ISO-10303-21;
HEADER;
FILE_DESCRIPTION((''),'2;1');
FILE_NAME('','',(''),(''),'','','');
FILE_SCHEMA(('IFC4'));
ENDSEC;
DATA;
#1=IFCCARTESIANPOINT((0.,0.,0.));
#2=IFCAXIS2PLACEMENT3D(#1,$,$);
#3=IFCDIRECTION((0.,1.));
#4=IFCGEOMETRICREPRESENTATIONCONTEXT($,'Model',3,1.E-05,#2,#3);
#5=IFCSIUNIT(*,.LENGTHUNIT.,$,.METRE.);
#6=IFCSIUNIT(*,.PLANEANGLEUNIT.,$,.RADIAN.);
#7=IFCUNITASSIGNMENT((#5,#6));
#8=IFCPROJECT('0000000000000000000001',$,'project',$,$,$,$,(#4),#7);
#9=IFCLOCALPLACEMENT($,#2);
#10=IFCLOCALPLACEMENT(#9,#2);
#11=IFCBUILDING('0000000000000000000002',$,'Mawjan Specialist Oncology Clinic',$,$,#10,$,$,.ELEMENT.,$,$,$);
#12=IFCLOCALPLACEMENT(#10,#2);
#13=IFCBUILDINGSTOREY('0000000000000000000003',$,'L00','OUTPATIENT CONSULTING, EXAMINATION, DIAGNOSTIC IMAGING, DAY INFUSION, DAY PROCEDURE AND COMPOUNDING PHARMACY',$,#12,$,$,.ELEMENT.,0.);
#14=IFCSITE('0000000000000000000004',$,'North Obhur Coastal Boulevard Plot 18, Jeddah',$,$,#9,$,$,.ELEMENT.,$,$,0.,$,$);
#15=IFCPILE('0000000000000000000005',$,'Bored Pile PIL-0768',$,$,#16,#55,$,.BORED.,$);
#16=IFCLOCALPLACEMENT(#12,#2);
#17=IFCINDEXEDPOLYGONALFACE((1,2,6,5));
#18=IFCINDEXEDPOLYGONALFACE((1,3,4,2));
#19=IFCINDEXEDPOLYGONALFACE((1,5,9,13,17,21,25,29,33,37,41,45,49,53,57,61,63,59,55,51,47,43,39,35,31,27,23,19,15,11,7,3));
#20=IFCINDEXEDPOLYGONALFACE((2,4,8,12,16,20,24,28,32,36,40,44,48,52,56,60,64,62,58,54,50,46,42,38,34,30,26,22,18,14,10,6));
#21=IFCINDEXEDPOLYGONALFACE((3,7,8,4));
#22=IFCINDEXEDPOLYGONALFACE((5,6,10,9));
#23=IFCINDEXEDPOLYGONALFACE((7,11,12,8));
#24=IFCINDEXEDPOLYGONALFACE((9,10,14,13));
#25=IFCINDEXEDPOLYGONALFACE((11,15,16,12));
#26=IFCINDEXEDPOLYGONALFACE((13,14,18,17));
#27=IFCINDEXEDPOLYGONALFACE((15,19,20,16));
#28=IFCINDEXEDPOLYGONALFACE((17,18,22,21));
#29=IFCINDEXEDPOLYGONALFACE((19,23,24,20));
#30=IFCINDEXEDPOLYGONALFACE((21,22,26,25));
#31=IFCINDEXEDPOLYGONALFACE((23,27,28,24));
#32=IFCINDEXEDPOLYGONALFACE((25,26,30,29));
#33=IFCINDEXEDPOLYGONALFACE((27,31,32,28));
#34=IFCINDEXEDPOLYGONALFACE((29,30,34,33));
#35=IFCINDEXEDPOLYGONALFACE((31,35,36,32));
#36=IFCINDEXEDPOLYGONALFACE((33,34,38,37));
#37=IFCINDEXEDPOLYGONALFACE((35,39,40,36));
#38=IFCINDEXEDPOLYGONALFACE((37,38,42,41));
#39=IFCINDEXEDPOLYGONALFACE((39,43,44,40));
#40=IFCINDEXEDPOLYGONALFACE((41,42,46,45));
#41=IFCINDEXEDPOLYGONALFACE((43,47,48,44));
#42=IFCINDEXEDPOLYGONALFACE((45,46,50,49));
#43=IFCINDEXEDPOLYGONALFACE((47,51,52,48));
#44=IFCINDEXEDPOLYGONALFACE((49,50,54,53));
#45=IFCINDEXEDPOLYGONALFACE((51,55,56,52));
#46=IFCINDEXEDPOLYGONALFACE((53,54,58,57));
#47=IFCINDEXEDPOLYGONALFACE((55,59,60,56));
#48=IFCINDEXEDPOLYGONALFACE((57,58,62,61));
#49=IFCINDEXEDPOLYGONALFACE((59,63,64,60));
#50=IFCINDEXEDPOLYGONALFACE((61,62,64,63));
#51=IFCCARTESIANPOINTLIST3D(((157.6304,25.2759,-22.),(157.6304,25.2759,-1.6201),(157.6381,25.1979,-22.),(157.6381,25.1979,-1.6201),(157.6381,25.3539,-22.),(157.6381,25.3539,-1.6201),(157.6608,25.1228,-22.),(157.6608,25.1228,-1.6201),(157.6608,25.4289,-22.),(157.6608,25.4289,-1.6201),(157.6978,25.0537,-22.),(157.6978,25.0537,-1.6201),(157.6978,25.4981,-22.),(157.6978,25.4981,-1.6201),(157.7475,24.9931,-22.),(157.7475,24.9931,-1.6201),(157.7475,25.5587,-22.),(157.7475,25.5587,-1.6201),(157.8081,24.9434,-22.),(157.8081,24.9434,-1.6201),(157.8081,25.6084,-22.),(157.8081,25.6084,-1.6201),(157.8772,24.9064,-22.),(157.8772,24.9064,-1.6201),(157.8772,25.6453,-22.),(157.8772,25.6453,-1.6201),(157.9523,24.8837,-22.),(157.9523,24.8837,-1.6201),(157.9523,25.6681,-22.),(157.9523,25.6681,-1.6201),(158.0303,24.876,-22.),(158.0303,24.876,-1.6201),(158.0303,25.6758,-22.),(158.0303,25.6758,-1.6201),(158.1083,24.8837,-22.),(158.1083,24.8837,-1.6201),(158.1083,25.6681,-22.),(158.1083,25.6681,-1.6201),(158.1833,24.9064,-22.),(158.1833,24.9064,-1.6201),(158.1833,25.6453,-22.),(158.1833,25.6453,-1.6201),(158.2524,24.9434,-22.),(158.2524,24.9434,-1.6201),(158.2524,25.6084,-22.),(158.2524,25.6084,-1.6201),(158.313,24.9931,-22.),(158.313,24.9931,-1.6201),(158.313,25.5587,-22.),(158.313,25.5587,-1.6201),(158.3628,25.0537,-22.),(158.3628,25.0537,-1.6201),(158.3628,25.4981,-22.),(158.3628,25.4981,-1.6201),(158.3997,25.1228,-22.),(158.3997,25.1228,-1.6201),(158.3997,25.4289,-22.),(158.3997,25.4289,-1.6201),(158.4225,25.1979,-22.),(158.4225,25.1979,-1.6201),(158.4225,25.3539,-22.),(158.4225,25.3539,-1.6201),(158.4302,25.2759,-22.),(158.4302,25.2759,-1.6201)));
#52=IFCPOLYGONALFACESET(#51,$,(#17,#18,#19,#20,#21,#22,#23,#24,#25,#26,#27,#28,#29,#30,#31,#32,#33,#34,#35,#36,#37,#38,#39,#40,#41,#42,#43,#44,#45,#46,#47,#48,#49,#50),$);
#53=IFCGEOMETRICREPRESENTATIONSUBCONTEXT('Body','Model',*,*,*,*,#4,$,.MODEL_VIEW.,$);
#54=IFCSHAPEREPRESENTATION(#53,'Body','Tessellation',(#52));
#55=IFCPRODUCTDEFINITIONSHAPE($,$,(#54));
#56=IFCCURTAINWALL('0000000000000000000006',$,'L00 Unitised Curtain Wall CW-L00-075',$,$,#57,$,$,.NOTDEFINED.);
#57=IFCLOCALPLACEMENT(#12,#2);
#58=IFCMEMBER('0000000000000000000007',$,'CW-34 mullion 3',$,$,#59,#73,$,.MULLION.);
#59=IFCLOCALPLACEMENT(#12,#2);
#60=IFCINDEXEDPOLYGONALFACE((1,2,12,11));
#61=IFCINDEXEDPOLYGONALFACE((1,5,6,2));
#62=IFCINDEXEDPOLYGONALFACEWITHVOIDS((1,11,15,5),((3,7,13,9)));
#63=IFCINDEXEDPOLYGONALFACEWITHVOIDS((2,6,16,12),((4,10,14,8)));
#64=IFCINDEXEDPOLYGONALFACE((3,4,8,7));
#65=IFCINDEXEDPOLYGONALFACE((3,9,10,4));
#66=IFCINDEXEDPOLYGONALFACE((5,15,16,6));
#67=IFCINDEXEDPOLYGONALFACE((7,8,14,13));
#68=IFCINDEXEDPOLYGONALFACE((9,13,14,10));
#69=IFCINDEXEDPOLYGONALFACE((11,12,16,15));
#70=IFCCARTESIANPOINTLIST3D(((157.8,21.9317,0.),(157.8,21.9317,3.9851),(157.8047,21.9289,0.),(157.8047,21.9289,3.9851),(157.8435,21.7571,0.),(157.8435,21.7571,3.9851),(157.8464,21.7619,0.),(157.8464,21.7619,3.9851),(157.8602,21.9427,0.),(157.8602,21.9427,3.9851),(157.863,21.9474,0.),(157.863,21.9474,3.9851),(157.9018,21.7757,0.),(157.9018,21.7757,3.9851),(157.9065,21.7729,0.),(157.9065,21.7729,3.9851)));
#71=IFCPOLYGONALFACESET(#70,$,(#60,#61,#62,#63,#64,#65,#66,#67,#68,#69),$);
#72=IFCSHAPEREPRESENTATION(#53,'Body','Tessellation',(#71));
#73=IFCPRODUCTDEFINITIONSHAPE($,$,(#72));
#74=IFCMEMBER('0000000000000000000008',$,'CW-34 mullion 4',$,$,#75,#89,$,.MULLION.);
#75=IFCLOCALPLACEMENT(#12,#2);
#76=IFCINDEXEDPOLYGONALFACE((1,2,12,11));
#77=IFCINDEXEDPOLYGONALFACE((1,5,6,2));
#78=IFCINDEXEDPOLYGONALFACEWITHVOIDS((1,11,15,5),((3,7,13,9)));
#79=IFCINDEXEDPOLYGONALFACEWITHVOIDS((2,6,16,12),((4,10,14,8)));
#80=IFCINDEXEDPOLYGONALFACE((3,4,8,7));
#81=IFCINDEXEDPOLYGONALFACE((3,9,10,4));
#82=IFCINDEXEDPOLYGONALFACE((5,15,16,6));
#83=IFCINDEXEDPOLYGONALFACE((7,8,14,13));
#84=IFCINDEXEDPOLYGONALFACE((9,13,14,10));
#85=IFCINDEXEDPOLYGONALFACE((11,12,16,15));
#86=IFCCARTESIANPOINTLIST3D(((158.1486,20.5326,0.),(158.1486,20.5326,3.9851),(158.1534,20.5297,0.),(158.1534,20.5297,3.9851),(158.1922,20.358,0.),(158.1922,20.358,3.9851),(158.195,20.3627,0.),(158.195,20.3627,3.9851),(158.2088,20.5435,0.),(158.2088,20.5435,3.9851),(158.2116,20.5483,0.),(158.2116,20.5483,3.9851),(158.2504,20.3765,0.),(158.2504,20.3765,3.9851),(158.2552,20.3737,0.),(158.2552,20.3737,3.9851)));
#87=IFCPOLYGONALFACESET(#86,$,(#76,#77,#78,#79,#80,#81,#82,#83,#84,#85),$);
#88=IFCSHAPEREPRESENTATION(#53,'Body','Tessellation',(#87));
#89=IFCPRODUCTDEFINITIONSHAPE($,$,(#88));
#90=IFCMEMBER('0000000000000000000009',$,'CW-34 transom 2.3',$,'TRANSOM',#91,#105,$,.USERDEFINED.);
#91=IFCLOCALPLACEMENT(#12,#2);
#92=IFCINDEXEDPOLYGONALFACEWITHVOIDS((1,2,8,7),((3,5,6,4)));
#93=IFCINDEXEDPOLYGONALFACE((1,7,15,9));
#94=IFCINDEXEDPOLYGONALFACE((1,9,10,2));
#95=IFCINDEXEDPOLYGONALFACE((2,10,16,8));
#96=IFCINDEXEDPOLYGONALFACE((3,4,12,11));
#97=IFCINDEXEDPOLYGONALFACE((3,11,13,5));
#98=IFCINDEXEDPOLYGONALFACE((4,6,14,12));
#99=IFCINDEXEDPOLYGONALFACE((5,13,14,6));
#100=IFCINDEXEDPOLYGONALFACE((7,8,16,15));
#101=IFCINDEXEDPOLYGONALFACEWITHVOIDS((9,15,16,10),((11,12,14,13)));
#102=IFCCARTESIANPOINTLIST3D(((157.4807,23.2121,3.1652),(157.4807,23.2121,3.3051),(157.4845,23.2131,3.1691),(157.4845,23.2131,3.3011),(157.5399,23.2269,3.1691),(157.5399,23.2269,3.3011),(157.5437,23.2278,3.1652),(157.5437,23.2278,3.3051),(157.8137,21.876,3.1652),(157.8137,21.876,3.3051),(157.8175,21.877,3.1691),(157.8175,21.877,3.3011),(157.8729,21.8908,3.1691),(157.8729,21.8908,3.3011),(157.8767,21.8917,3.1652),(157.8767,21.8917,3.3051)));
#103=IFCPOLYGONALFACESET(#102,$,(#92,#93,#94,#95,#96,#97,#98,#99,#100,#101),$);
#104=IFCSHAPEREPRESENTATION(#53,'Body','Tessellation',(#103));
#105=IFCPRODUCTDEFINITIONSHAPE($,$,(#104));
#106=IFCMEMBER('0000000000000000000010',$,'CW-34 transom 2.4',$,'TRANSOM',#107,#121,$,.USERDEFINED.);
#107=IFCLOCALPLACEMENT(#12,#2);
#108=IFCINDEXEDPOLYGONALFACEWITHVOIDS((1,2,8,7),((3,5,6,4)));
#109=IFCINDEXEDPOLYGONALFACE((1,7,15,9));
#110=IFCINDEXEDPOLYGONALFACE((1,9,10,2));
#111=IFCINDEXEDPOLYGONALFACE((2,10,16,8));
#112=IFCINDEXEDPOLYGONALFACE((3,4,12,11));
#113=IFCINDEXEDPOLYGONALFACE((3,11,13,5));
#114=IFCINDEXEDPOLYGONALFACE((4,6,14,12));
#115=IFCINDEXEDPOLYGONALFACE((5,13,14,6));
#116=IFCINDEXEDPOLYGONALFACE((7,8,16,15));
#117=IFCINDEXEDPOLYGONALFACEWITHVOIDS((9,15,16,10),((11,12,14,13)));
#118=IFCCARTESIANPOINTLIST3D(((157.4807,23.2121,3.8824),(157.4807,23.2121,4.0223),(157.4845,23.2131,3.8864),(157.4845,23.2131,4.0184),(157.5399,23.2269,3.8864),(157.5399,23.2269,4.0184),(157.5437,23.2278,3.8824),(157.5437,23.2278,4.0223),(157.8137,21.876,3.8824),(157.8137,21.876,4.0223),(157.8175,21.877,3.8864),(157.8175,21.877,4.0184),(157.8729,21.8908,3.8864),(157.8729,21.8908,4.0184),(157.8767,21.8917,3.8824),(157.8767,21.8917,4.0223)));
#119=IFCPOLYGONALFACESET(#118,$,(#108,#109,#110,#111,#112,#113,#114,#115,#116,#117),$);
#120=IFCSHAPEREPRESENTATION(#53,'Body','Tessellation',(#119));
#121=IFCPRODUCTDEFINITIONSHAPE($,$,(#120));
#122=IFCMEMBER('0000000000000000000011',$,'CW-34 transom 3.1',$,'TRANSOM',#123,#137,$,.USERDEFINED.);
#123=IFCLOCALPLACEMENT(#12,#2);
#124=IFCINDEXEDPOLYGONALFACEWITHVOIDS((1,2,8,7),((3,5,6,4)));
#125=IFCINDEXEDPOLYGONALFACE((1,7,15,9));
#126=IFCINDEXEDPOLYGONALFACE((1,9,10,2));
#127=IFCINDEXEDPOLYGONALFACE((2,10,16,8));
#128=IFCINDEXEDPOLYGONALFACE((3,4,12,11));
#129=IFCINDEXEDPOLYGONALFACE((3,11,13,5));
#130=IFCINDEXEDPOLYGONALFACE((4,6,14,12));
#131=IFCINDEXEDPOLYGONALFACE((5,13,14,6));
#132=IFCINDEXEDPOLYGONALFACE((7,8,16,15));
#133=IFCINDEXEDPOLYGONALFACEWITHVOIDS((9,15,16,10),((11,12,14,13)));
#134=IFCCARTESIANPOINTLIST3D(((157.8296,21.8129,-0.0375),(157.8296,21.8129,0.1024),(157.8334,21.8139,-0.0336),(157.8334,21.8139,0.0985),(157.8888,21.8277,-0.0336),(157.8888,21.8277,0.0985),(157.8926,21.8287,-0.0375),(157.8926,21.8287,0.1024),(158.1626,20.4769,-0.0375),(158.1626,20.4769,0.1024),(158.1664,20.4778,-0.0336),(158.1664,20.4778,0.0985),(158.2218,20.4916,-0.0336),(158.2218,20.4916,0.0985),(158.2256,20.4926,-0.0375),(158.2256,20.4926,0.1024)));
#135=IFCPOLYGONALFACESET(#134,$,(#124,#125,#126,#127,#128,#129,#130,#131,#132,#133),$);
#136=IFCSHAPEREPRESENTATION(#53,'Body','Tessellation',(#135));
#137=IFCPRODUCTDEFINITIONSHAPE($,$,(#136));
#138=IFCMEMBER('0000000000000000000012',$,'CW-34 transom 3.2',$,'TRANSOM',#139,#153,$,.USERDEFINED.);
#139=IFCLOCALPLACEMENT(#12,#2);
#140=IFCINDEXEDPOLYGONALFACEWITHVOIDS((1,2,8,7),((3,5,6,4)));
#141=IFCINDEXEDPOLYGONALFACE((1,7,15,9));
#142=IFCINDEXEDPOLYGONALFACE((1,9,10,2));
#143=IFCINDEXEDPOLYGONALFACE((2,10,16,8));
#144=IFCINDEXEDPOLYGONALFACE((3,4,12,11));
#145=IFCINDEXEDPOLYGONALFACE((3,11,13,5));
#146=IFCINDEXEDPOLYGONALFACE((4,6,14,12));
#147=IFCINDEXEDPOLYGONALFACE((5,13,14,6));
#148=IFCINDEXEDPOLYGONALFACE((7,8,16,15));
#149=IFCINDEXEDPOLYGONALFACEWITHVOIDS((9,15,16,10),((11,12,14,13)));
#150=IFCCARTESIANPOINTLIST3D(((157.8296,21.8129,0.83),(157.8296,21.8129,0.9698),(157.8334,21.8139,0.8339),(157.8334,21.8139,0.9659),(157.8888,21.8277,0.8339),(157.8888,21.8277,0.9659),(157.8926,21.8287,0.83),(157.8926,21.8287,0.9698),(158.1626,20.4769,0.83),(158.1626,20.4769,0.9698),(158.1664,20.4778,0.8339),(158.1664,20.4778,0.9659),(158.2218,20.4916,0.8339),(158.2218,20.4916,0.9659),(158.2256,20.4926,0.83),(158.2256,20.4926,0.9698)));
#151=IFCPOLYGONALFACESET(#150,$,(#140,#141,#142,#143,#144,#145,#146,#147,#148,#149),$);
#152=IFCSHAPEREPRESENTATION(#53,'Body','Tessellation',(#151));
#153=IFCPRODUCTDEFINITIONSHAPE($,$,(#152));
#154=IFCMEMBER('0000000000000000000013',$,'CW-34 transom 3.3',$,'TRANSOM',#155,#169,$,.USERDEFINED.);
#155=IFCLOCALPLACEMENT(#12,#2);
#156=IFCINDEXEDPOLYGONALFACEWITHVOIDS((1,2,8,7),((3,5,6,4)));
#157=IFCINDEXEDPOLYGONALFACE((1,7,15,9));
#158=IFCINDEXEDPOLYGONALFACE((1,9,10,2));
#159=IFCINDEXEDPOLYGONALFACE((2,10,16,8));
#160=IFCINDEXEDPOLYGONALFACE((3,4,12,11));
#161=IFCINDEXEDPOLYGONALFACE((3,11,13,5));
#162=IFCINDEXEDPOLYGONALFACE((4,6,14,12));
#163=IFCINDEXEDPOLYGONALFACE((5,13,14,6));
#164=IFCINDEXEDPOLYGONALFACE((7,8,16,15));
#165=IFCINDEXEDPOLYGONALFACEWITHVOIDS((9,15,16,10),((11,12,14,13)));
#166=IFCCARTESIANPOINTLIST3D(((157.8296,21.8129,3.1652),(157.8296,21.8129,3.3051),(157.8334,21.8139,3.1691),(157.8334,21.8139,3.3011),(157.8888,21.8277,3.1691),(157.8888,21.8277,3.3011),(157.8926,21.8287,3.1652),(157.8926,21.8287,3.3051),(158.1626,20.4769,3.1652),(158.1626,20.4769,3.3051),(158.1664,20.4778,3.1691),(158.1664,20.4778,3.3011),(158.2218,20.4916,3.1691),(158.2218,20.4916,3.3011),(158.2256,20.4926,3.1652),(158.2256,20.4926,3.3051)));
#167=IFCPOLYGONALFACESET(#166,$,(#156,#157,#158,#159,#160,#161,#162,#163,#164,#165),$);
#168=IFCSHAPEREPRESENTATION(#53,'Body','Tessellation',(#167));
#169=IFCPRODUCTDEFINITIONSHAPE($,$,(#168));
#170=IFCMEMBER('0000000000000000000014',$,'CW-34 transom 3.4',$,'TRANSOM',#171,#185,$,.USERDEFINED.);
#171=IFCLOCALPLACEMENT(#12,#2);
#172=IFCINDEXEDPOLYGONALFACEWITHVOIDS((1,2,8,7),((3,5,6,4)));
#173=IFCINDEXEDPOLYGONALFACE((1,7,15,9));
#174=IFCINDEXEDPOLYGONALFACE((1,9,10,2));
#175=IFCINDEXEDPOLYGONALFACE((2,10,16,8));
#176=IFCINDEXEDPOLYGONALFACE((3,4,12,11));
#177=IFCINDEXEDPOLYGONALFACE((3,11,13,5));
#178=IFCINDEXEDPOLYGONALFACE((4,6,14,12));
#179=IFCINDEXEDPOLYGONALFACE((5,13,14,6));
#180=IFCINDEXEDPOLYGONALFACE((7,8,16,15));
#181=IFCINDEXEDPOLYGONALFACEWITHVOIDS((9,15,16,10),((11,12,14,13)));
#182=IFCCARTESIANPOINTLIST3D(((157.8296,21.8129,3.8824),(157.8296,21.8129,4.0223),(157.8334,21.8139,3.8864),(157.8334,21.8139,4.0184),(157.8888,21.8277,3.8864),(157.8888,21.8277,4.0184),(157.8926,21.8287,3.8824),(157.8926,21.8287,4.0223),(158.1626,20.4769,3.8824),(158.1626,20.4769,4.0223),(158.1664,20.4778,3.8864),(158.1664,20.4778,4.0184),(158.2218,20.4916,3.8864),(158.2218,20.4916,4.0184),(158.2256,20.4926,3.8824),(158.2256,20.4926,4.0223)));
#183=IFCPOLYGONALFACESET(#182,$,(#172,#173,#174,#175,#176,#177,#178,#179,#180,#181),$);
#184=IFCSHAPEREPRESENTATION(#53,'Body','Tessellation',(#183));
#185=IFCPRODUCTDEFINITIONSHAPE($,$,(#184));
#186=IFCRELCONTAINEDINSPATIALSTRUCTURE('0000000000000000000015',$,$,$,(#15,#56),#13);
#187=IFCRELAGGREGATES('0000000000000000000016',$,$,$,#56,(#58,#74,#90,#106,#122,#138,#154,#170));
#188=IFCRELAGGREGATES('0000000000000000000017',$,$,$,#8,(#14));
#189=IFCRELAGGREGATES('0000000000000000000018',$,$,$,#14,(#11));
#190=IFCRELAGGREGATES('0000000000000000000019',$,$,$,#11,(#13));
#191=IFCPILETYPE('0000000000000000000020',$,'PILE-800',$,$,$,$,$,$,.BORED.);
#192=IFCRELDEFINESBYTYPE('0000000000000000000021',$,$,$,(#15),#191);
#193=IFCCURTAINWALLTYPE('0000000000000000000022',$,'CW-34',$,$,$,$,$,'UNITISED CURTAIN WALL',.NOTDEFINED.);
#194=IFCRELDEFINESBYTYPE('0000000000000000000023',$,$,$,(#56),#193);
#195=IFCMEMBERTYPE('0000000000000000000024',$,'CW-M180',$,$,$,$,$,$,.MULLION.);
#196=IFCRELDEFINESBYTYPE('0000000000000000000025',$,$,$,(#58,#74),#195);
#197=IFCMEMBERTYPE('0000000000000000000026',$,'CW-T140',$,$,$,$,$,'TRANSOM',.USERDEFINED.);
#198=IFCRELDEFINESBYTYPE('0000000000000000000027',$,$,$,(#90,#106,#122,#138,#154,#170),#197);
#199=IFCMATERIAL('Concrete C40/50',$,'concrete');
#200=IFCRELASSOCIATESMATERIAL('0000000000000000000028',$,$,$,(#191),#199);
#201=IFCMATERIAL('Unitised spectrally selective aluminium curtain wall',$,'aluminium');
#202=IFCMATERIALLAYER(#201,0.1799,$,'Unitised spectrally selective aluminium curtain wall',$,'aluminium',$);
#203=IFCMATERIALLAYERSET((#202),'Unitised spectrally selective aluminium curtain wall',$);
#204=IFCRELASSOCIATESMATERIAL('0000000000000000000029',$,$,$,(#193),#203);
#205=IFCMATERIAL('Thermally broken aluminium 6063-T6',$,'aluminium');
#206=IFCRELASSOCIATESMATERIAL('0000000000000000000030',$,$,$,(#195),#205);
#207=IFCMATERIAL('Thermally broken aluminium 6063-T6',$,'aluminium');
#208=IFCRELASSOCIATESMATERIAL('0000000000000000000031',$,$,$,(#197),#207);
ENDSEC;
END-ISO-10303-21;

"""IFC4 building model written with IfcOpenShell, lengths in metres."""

from ifc_helpers import new_model, si_unit, direction, frame, origin, origin_2d, place, context, subcontext, project, spatial, hollow_rectangle, circle, extrude, material, layer, layer_set, material_profile, profile_set, type_object, element, aggregate, save


model = new_model("IFC4")

# Units and contexts
model_context = context("Model", 3, precision=1e-05, world=origin(), true_north=direction((0.0, 1.0)))
body_context = subcontext(model_context, "Body", "Model", "MODEL_VIEW")
ifc_project = project(units=[si_unit("LENGTHUNIT", "METRE"), si_unit("PLANEANGLEUNIT", "RADIAN")], contexts=[model_context])

# Site, building, storey
site_placement = place(None, origin())
site = spatial("IfcSite", under=ifc_project, at=site_placement, Name="North Obhur Coastal Boulevard Plot 18, Jeddah", CompositionType="ELEMENT", RefElevation=0.0)
building_placement = place(site_placement, origin())
building = spatial("IfcBuilding", under=site, at=building_placement, Name="Mawjan Specialist Oncology Clinic", CompositionType="ELEMENT")
storey_placement = place(building_placement, origin())
storey = spatial("IfcBuildingStorey", under=building, at=storey_placement, Name="L00", Description="OUTPATIENT CONSULTING, EXAMINATION, DIAGNOSTIC IMAGING, DAY INFUSION, DAY PROCEDURE AND COMPOUNDING PHARMACY", CompositionType="ELEMENT", Elevation=0.0)

# Pile
ifc_material_1 = material(Name="Concrete C40/50", Category="concrete")
ifc_material_profile_1 = material_profile(ifc_material_1, circle(Radius=0.3999, at=origin_2d()), Name="BORED PILE D800", Category="concrete")
ifc_profile_set_1 = profile_set([ifc_material_profile_1], Name="Concrete C40/50")
pile_type = type_object("IfcPileType", Name="PILE-800", PredefinedType="BORED", material=ifc_profile_set_1)
pile_placement = place(storey_placement, frame((158.0303, 25.2759, -1.6201), z_axis=(0.0, 0.0, -1.0), x_axis=(1.0, 0.0, 0.0)))
element("IfcPile", 1, at=pile_placement, inside=storey, type_object=pile_type, Name="Bored Pile PIL-0768", PredefinedType="BORED", context=body_context, shape_type="SweptSolid", body=[
    extrude(circle(Radius=0.3999, at=origin_2d()), origin(), (0.0, 0.0, 1.0), 20.3799),
])

# Curtain wall, members
ifc_material_2 = material(Name="Unitised spectrally selective aluminium curtain wall", Category="aluminium")
ifc_layer_1 = layer(ifc_material_2, 0.1799, Name="Unitised spectrally selective aluminium curtain wall", Category="aluminium")
ifc_layer_set_1 = layer_set([ifc_layer_1], Name="Unitised spectrally selective aluminium curtain wall")
curtain_wall_type = type_object("IfcCurtainWallType", Name="CW-34", ElementType="UNITISED CURTAIN WALL", PredefinedType="NOTDEFINED", material=ifc_layer_set_1)
curtain_wall_placement = place(storey_placement, origin())
curtain_wall = element("IfcCurtainWall", 2, at=curtain_wall_placement, inside=storey, type_object=curtain_wall_type, Name="L00 Unitised Curtain Wall CW-L00-075", PredefinedType="NOTDEFINED")
ifc_material_3 = material(Name="Thermally broken aluminium 6063-T6", Category="aluminium")
ifc_material_profile_2 = material_profile(ifc_material_3, hollow_rectangle(XDim=0.0649, YDim=0.1799, WallThickness=0.0039, at=origin_2d()), Name="ALU MULLION 180x65x4", Category="aluminium")
ifc_profile_set_2 = profile_set([ifc_material_profile_2], Name="Thermally broken aluminium 6063-T6")
member_type_1 = type_object("IfcMemberType", Name="CW-M180", PredefinedType="MULLION", material=ifc_profile_set_2)
member_1_placement = place(storey_placement, frame((157.8533, 21.8523, 0.0), z_axis=(0.0, 0.0, 1.0), x_axis=(0.970296, 0.241922, 0.0)))
member_1 = element("IfcMember", 3, at=member_1_placement, type_object=member_type_1, Name="CW-34 mullion 3", PredefinedType="MULLION", context=body_context, shape_type="SweptSolid", body=[
    extrude(hollow_rectangle(XDim=0.0649, YDim=0.1799, WallThickness=0.0039, at=origin_2d()), origin(), (0.0, 0.0, 1.0), 3.9851),
])
member_2_placement = place(storey_placement, frame((158.2019, 20.4531, 0.0), z_axis=(0.0, 0.0, 1.0), x_axis=(0.970296, 0.241922, 0.0)))
member_2 = element("IfcMember", 4, at=member_2_placement, type_object=member_type_1, Name="CW-34 mullion 4", PredefinedType="MULLION", context=body_context, shape_type="SweptSolid", body=[
    extrude(hollow_rectangle(XDim=0.0649, YDim=0.1799, WallThickness=0.0039, at=origin_2d()), origin(), (0.0, 0.0, 1.0), 3.9851),
])
ifc_material_4 = material(Name="Thermally broken aluminium 6063-T6", Category="aluminium")
ifc_material_profile_3 = material_profile(ifc_material_4, hollow_rectangle(XDim=0.0649, YDim=0.1399, WallThickness=0.0039, at=origin_2d()), Name="ALU TRANSOM 140x65x4", Category="aluminium")
ifc_profile_set_3 = profile_set([ifc_material_profile_3], Name="Thermally broken aluminium 6063-T6")
member_type_2 = type_object("IfcMemberType", Name="CW-T140", ElementType="TRANSOM", PredefinedType="USERDEFINED", material=ifc_profile_set_3)
member_3_placement = place(storey_placement, frame((157.5122, 23.22, 3.2351), z_axis=(0.241826, -0.97032, 0.0), x_axis=(0.97032, 0.241826, 0.0)))
member_3 = element("IfcMember", 5, at=member_3_placement, type_object=member_type_2, Name="CW-34 transom 2.3", ObjectType="TRANSOM", PredefinedType="USERDEFINED", context=body_context, shape_type="SweptSolid", body=[
    extrude(hollow_rectangle(XDim=0.0649, YDim=0.1399, WallThickness=0.0039, at=origin_2d()), origin(), (0.0, 0.0, 1.0), 1.377),
])
member_4_placement = place(storey_placement, frame((157.5122, 23.22, 3.9524), z_axis=(0.241826, -0.97032, 0.0), x_axis=(0.97032, 0.241826, 0.0)))
member_4 = element("IfcMember", 6, at=member_4_placement, type_object=member_type_2, Name="CW-34 transom 2.4", ObjectType="TRANSOM", PredefinedType="USERDEFINED", context=body_context, shape_type="SweptSolid", body=[
    extrude(hollow_rectangle(XDim=0.0649, YDim=0.1399, WallThickness=0.0039, at=origin_2d()), origin(), (0.0, 0.0, 1.0), 1.377),
])
member_5_placement = place(storey_placement, frame((157.8611, 21.8208, 0.0325), z_axis=(0.241826, -0.97032, 0.0), x_axis=(0.97032, 0.241826, 0.0)))
member_5 = element("IfcMember", 7, at=member_5_placement, type_object=member_type_2, Name="CW-34 transom 3.1", ObjectType="TRANSOM", PredefinedType="USERDEFINED", context=body_context, shape_type="SweptSolid", body=[
    extrude(hollow_rectangle(XDim=0.0649, YDim=0.1399, WallThickness=0.0039, at=origin_2d()), origin(), (0.0, 0.0, 1.0), 1.377),
])
member_6_placement = place(storey_placement, frame((157.8611, 21.8208, 0.8999), z_axis=(0.241826, -0.97032, 0.0), x_axis=(0.97032, 0.241826, 0.0)))
member_6 = element("IfcMember", 8, at=member_6_placement, type_object=member_type_2, Name="CW-34 transom 3.2", ObjectType="TRANSOM", PredefinedType="USERDEFINED", context=body_context, shape_type="SweptSolid", body=[
    extrude(hollow_rectangle(XDim=0.0649, YDim=0.1399, WallThickness=0.0039, at=origin_2d()), origin(), (0.0, 0.0, 1.0), 1.377),
])
member_7_placement = place(storey_placement, frame((157.8611, 21.8208, 3.2351), z_axis=(0.241826, -0.97032, 0.0), x_axis=(0.97032, 0.241826, 0.0)))
member_7 = element("IfcMember", 9, at=member_7_placement, type_object=member_type_2, Name="CW-34 transom 3.3", ObjectType="TRANSOM", PredefinedType="USERDEFINED", context=body_context, shape_type="SweptSolid", body=[
    extrude(hollow_rectangle(XDim=0.0649, YDim=0.1399, WallThickness=0.0039, at=origin_2d()), origin(), (0.0, 0.0, 1.0), 1.377),
])
member_8_placement = place(storey_placement, frame((157.8611, 21.8208, 3.9524), z_axis=(0.241826, -0.97032, 0.0), x_axis=(0.97032, 0.241826, 0.0)))
member_8 = element("IfcMember", 10, at=member_8_placement, type_object=member_type_2, Name="CW-34 transom 3.4", ObjectType="TRANSOM", PredefinedType="USERDEFINED", context=body_context, shape_type="SweptSolid", body=[
    extrude(hollow_rectangle(XDim=0.0649, YDim=0.1399, WallThickness=0.0039, at=origin_2d()), origin(), (0.0, 0.0, 1.0), 1.377),
])
aggregate(curtain_wall, [member_1, member_2, member_3, member_4, member_5, member_6, member_7, member_8])

save(model, "model.ifc")
